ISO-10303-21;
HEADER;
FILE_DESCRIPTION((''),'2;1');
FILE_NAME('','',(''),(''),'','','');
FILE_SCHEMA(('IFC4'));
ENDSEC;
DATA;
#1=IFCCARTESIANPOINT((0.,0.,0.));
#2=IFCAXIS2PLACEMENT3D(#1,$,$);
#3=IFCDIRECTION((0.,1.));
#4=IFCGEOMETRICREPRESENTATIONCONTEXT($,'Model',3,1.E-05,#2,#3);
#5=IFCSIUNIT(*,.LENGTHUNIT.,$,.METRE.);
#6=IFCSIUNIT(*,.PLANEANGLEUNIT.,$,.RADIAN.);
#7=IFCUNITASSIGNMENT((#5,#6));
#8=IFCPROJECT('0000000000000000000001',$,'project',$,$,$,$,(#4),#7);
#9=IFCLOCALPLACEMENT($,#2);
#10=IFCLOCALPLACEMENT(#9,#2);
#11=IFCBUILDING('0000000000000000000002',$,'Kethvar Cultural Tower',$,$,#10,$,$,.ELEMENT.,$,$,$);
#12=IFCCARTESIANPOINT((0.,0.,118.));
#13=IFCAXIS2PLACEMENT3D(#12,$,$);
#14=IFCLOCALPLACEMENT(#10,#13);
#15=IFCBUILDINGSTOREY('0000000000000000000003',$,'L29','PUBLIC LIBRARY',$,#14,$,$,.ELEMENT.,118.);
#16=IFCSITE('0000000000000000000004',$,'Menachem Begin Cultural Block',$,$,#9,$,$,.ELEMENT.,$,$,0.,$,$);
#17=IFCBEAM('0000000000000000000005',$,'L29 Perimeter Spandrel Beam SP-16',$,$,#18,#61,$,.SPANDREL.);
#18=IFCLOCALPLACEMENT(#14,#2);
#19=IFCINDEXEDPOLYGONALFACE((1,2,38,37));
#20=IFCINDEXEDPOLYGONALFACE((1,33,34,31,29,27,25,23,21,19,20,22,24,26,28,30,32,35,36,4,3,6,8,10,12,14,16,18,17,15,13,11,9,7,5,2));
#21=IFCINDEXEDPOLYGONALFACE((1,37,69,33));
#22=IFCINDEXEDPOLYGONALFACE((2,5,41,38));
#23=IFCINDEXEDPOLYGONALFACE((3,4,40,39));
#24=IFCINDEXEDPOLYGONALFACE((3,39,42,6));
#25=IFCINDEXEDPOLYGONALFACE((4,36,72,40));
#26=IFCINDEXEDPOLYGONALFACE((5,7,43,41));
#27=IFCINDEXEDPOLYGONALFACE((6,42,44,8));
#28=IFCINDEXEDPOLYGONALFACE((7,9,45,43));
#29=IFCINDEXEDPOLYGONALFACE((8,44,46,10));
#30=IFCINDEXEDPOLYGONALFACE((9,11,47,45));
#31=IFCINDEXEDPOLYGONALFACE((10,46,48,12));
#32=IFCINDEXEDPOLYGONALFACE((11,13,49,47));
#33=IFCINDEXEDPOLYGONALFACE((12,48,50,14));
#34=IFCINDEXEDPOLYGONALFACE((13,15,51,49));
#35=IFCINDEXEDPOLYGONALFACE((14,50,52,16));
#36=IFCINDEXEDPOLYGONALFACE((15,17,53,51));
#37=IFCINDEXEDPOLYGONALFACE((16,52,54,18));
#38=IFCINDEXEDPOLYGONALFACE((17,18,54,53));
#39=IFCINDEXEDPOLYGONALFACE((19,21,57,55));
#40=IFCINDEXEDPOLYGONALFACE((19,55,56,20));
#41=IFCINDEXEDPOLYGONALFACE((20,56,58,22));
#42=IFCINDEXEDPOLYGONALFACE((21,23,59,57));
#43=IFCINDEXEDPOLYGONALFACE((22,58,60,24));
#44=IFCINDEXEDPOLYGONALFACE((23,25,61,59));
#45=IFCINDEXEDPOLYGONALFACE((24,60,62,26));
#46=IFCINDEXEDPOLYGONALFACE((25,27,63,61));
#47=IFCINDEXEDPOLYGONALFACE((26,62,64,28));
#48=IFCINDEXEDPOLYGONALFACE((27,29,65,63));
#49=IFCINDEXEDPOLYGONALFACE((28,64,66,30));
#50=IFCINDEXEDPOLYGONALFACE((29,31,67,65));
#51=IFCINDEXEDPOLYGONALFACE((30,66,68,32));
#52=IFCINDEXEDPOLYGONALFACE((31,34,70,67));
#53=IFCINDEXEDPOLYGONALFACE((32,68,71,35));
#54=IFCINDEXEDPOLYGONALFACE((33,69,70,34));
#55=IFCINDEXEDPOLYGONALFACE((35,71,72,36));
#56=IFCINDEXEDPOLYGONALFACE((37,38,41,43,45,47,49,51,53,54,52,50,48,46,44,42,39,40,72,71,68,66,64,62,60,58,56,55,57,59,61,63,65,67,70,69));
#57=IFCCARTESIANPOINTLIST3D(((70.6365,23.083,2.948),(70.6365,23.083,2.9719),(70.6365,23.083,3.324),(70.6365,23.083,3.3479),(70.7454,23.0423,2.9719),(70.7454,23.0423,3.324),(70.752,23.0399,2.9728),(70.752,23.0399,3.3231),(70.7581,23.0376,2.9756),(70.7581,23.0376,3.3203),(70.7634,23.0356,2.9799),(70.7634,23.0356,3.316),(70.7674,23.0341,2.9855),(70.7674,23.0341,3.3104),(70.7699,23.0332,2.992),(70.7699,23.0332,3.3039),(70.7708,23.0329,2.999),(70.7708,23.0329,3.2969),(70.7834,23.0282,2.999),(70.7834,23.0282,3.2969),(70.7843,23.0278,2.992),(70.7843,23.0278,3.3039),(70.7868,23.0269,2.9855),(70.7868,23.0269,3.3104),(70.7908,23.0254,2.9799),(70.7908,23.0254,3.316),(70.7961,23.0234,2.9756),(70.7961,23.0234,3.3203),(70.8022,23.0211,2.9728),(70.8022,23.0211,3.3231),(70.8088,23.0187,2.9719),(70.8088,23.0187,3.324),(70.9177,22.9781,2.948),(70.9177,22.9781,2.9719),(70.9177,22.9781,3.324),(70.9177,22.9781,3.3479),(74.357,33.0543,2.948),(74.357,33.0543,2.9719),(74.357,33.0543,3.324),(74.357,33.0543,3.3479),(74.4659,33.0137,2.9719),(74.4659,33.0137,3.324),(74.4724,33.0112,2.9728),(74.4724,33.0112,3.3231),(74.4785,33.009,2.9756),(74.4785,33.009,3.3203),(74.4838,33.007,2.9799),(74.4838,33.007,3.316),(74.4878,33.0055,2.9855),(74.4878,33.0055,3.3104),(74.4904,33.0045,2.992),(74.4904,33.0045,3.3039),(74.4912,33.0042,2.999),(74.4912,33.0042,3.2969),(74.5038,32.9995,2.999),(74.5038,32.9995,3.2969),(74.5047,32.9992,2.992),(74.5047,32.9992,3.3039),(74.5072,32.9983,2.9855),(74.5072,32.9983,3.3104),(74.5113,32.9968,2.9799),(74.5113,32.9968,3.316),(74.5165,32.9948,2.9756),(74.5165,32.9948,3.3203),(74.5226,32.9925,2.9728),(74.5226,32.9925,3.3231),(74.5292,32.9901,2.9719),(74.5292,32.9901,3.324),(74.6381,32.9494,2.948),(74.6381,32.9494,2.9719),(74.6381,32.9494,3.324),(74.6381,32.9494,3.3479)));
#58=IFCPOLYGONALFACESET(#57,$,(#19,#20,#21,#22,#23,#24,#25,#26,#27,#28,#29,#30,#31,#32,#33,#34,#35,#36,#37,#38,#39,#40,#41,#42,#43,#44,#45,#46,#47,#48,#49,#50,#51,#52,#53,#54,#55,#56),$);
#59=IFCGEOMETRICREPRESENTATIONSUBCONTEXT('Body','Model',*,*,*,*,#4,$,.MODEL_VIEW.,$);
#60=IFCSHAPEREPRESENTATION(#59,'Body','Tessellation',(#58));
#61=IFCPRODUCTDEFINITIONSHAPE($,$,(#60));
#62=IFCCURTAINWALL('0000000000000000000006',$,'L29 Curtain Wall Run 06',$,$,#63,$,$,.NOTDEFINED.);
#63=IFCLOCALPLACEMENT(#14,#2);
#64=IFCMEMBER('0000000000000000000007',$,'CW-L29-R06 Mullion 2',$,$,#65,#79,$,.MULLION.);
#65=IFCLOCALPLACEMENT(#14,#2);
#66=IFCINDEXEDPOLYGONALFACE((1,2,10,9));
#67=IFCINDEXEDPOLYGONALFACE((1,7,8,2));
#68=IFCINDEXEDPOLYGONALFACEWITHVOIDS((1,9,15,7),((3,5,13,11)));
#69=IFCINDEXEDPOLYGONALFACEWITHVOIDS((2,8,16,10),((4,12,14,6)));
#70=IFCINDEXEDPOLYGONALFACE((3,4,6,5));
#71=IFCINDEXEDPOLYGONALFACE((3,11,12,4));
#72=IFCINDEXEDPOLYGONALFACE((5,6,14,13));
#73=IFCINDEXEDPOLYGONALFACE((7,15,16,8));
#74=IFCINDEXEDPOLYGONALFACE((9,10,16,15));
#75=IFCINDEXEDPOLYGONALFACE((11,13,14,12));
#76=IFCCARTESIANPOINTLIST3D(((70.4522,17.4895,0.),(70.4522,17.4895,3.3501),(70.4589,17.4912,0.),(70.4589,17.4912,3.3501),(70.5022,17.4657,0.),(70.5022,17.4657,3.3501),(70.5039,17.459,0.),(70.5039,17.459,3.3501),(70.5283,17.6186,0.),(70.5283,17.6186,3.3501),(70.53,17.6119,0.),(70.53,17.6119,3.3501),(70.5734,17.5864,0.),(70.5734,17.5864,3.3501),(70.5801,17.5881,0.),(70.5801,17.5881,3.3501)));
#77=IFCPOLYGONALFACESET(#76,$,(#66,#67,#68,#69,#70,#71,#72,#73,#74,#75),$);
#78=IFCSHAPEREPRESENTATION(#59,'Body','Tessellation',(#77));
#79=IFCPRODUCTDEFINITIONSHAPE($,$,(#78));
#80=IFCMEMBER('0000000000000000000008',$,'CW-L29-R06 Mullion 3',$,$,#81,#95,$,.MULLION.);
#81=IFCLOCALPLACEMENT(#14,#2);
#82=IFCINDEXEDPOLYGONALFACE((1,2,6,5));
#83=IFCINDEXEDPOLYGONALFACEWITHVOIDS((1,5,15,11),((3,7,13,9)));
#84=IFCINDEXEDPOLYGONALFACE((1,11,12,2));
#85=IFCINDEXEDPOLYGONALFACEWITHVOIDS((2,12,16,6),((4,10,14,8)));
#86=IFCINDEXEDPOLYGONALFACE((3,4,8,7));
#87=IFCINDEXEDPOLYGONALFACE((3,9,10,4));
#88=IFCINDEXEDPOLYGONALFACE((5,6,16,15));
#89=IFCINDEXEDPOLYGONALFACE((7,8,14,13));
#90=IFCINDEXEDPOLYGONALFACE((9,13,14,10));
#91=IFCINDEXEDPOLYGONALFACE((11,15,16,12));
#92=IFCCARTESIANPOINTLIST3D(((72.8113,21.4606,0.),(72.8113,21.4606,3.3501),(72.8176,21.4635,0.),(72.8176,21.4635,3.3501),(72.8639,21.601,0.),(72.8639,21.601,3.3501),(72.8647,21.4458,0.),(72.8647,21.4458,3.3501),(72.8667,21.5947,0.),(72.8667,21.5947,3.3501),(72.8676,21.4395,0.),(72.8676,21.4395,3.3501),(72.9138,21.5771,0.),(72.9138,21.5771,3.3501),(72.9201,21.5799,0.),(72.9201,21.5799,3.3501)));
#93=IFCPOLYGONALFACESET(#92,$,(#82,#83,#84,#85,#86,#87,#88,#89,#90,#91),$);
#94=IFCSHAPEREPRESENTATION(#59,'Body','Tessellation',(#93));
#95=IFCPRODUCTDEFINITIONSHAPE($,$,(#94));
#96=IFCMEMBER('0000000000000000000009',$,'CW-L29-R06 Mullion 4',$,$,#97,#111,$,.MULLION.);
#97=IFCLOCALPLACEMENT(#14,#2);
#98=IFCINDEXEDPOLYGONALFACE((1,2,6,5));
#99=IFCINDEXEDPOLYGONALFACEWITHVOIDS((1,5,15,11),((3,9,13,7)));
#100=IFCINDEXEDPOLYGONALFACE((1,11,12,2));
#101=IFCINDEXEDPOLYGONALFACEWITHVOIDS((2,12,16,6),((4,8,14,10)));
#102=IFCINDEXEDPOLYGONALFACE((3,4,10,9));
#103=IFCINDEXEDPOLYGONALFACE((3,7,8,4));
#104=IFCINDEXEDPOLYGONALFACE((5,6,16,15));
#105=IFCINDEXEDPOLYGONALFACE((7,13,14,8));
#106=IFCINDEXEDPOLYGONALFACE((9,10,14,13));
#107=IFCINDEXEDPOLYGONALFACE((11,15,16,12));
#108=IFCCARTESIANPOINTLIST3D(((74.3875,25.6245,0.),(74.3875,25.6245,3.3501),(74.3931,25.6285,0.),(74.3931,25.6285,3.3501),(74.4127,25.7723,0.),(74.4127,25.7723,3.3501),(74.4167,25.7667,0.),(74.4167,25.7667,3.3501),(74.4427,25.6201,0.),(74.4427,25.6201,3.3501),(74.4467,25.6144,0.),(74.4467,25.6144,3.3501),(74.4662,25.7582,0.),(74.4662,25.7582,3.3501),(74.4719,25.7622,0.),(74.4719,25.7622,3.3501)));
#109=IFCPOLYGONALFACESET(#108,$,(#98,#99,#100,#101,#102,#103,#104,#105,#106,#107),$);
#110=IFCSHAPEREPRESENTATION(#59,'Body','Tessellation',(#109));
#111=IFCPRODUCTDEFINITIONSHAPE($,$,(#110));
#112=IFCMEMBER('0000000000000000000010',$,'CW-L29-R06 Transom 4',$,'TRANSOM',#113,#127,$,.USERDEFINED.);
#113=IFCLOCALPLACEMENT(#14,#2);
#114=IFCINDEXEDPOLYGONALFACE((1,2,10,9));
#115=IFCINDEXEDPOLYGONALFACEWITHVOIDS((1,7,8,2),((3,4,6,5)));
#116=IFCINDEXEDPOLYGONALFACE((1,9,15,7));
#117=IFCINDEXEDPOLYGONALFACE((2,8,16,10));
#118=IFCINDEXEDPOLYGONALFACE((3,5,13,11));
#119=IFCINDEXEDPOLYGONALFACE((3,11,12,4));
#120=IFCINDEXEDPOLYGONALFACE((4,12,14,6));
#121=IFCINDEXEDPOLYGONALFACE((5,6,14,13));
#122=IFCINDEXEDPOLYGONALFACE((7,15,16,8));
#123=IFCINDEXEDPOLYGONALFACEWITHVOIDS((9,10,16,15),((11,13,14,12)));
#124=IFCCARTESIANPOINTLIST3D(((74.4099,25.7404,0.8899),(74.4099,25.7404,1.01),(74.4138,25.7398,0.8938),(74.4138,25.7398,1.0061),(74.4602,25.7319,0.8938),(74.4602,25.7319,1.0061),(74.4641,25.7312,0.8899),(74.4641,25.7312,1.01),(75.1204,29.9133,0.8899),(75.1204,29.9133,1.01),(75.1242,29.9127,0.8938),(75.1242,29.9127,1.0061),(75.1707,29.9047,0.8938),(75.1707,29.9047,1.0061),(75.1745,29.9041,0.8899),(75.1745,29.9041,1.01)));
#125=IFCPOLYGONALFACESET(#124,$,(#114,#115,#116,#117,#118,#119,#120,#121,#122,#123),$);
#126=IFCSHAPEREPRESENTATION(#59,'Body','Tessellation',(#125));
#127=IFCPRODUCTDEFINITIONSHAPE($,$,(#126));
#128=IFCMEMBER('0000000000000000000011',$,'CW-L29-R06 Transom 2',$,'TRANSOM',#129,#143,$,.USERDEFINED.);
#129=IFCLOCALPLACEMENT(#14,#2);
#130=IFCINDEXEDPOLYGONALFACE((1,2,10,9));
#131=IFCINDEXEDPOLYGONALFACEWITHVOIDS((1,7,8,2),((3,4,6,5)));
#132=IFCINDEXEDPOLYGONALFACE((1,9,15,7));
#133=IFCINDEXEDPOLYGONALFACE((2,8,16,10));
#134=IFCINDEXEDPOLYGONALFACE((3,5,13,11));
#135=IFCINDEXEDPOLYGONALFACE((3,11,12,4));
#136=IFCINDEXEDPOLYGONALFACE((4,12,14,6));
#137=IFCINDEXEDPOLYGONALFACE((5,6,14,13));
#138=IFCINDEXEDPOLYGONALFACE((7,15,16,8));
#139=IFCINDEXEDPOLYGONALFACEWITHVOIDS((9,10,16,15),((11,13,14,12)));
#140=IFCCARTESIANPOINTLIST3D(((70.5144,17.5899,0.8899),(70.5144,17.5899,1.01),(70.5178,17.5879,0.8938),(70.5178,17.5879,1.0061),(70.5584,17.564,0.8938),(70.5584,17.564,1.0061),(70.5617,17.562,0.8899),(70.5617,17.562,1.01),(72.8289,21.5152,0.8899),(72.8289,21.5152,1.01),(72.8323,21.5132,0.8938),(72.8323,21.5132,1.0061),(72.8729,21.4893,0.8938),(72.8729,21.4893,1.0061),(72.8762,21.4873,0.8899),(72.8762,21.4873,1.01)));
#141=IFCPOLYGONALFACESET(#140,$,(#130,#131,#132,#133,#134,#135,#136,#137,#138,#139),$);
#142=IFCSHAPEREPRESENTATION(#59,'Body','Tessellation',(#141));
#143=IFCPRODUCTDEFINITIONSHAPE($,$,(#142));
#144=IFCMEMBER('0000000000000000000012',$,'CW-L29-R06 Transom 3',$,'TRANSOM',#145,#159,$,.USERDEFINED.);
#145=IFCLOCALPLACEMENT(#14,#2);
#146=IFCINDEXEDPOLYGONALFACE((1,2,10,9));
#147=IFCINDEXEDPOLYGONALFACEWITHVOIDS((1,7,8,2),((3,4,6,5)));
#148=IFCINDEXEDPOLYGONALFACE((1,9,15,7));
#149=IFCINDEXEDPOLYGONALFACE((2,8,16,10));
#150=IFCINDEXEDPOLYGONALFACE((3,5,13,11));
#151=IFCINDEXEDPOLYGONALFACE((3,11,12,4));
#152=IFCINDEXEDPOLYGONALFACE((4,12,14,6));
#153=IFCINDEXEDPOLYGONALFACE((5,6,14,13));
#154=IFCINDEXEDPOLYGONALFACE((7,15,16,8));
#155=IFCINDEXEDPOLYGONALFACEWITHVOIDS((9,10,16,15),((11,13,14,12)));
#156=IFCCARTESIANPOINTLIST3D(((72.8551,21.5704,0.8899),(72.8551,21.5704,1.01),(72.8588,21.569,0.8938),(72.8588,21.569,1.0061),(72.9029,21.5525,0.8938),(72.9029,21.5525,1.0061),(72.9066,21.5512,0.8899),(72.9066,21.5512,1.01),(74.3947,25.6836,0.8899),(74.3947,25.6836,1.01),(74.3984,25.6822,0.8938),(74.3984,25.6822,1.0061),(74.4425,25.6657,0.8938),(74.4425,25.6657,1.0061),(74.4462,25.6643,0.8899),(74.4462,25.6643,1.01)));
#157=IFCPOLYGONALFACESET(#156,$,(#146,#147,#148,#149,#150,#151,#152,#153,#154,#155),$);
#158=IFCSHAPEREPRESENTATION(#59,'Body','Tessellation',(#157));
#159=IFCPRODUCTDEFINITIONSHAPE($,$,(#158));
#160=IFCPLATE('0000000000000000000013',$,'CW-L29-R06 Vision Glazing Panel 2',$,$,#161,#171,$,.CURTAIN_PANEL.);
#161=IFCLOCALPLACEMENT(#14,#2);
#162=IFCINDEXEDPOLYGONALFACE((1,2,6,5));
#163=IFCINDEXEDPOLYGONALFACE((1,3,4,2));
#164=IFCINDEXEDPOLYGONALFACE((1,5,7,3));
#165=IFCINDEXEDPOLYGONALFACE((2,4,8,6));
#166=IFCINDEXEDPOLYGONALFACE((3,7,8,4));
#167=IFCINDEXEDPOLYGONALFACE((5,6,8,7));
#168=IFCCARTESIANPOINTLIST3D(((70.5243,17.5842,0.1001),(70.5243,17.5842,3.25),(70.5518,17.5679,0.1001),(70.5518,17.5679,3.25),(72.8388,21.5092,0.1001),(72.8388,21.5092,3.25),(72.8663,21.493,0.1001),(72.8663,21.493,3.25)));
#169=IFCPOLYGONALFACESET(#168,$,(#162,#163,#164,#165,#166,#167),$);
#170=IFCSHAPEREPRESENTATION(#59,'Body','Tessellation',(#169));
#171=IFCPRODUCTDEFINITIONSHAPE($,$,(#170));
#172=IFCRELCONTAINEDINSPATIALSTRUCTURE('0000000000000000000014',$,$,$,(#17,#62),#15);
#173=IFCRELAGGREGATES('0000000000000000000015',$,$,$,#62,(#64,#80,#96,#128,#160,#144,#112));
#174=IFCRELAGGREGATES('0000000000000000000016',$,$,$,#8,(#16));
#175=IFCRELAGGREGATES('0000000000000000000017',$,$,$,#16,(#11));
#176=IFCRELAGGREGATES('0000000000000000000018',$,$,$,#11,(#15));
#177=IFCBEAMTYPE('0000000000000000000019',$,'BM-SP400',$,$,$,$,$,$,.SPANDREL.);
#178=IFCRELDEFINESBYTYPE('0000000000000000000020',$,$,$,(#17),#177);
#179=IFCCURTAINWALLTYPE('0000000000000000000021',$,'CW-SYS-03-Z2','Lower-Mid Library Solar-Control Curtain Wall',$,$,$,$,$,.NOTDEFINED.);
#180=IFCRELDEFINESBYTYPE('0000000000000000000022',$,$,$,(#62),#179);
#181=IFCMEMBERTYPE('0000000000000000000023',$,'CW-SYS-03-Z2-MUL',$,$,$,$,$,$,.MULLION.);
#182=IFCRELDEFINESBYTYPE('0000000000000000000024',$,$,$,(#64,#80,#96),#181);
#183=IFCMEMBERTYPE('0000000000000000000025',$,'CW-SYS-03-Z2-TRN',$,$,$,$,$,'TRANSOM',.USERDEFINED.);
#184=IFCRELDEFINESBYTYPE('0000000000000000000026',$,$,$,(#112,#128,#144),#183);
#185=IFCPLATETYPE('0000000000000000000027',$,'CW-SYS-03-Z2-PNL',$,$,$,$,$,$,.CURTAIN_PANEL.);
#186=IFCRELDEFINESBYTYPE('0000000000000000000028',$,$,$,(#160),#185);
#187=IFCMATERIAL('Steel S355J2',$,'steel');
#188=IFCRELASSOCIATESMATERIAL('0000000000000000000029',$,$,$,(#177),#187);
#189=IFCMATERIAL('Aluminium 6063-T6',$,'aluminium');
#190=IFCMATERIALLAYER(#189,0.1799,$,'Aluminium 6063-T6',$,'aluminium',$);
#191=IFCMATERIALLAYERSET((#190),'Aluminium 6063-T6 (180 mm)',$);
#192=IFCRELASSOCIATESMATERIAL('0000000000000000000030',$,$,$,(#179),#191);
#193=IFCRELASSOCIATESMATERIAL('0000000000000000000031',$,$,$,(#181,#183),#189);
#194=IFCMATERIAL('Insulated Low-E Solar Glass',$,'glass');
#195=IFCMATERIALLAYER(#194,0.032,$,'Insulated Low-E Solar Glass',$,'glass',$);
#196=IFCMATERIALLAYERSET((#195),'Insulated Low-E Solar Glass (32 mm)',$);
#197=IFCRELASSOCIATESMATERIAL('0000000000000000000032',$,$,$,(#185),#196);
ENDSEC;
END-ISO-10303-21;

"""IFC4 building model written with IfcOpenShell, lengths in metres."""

from ifc_helpers import new_model, si_unit, direction, frame, origin, origin_2d, place, context, subcontext, project, spatial, rectangle, hollow_rectangle, i_section, extrude, source, transform, mapped, material, layer, layer_set, material_profile, profile_set, type_object, element, aggregate, save


model = new_model("IFC4")

# Units and contexts
model_context = context("Model", 3, precision=1e-05, world=origin(), true_north=direction((0.0, 1.0)))
body_context = subcontext(model_context, "Body", "Model", "MODEL_VIEW")
ifc_project = project(units=[si_unit("LENGTHUNIT", "METRE"), si_unit("PLANEANGLEUNIT", "RADIAN")], contexts=[model_context])

# Site, building, storey
site_placement = place(None, origin())
site = spatial("IfcSite", under=ifc_project, at=site_placement, Name="Menachem Begin Cultural Block", CompositionType="ELEMENT", RefElevation=0.0)
building_placement = place(site_placement, origin())
building = spatial("IfcBuilding", under=site, at=building_placement, Name="Kethvar Cultural Tower", CompositionType="ELEMENT")
storey_placement = place(building_placement, frame((0.0, 0.0, 118.0)))
storey = spatial("IfcBuildingStorey", under=building, at=storey_placement, Name="L29", Description="PUBLIC LIBRARY", CompositionType="ELEMENT", Elevation=118.0)

# Beam
ifc_material_1 = material(Name="Steel S355J2", Category="steel")
ifc_material_profile_1 = material_profile(ifc_material_1, i_section(OverallWidth=0.3, OverallDepth=0.3999, WebThickness=0.0134, FlangeThickness=0.0239, FilletRadius=0.0271, at=origin_2d()), Name="Steel S355J2 — HEB400")
ifc_profile_set_1 = profile_set([ifc_material_profile_1], Name="Steel S355J2 — HEB400")
beam_type_1 = type_object("IfcBeamType", Name="BM-SP400", PredefinedType="SPANDREL", material=ifc_profile_set_1)
shared_shape_1 = source(origin(), body_context, "Body", "SweptSolid", [
    extrude(i_section(OverallWidth=0.3, OverallDepth=0.3999, WebThickness=0.0134, FlangeThickness=0.0239, FilletRadius=0.0271, at=origin_2d()), origin(), (0.0, 0.0, 1.0), 10.6428),
])
beam_1_placement = place(storey_placement, frame((70.7771, 23.0305, 3.1479), z_axis=(0.349572, 0.93691, 0.0), x_axis=(-0.93691, 0.349572, 0.0)))
element("IfcBeam", 1, at=beam_1_placement, inside=storey, type_object=beam_type_1, Name="L29 Perimeter Spandrel Beam SP-16", PredefinedType="SPANDREL", context=body_context, shape_type="MappedRepresentation", body=[
    mapped(shared_shape_1, transform((0.0, 0.0, 0.0), scale=1.0)),
])

# Curtain wall, members, plate
ifc_material_2 = material(Name="Aluminium 6063-T6", Category="aluminium")
ifc_layer_1 = layer(ifc_material_2, 0.1799, Name="Aluminium 6063-T6", Category="aluminium")
ifc_layer_set_1 = layer_set([ifc_layer_1], Name="Aluminium 6063-T6 (180 mm)")
curtain_wall_type = type_object("IfcCurtainWallType", Name="CW-SYS-03-Z2", Description="Lower-Mid Library Solar-Control Curtain Wall", PredefinedType="NOTDEFINED", material=ifc_layer_set_1)
curtain_wall_placement = place(storey_placement, origin())
curtain_wall = element("IfcCurtainWall", 2, at=curtain_wall_placement, inside=storey, type_object=curtain_wall_type, Name="L29 Curtain Wall Run 06", PredefinedType="NOTDEFINED")
ifc_material_profile_2 = material_profile(ifc_material_2, hollow_rectangle(XDim=0.0601, YDim=0.1499, WallThickness=0.0049, at=origin_2d()), Name="Aluminium 6063-T6 — RHS150x60x5")
ifc_profile_set_2 = profile_set([ifc_material_profile_2], Name="Aluminium 6063-T6 — RHS150x60x5")
member_type_1 = type_object("IfcMemberType", Name="CW-SYS-03-Z2-MUL", PredefinedType="MULLION", material=ifc_profile_set_2)
shared_shape_2 = source(origin(), body_context, "Body", "SweptSolid", [
    extrude(hollow_rectangle(XDim=0.0601, YDim=0.1499, WallThickness=0.0049, at=origin_2d()), origin(), (0.0, 0.0, 1.0), 3.3501),
])
member_1_placement = place(storey_placement, frame((70.5161, 17.5388, 0.0), z_axis=(0.0, 0.0, 1.0), x_axis=(-0.86139, 0.507944, 0.0)))
member_1 = element("IfcMember", 3, at=member_1_placement, type_object=member_type_1, Name="CW-L29-R06 Mullion 2", PredefinedType="MULLION", context=body_context, shape_type="MappedRepresentation", body=[
    mapped(shared_shape_2, transform((0.0, 0.0, 0.0), scale=1.0)),
])
member_2_placement = place(storey_placement, frame((72.8657, 21.5203, 0.0), z_axis=(0.0, 0.0, 1.0), x_axis=(-0.936556, 0.350518, 0.0)))
member_2 = element("IfcMember", 4, at=member_2_placement, type_object=member_type_1, Name="CW-L29-R06 Mullion 3", PredefinedType="MULLION", context=body_context, shape_type="MappedRepresentation", body=[
    mapped(shared_shape_2, transform((0.0, 0.0, 0.0), scale=1.0)),
])
member_3_placement = place(storey_placement, frame((74.4297, 25.6934, 0.0), z_axis=(0.0, 0.0, 1.0), x_axis=(-0.985815, 0.167836, 0.0)))
member_3 = element("IfcMember", 5, at=member_3_placement, type_object=member_type_1, Name="CW-L29-R06 Mullion 4", PredefinedType="MULLION", context=body_context, shape_type="MappedRepresentation", body=[
    mapped(shared_shape_2, transform((0.0, 0.0, 0.0), scale=1.0)),
])
ifc_material_profile_3 = material_profile(ifc_material_2, hollow_rectangle(XDim=0.0549, YDim=0.1201, WallThickness=0.0039, at=origin_2d()), Name="Aluminium 6063-T6 — RHS120x55x4")
ifc_profile_set_3 = profile_set([ifc_material_profile_3], Name="Aluminium 6063-T6 — RHS120x55x4")
member_type_2 = type_object("IfcMemberType", Name="CW-SYS-03-Z2-TRN", ElementType="TRANSOM", PredefinedType="USERDEFINED", material=ifc_profile_set_3)
shared_shape_3 = source(origin(), body_context, "Body", "SweptSolid", [
    extrude(hollow_rectangle(XDim=0.0549, YDim=0.1201, WallThickness=0.0039, at=origin_2d()), origin(), (0.0, 0.0, 1.0), 4.2329),
])
member_4_placement = place(storey_placement, frame((74.437, 25.7358, 0.95), z_axis=(0.16784, 0.985814, 0.0), x_axis=(-0.985814, 0.16784, 0.0)))
member_4 = element("IfcMember", 6, at=member_4_placement, type_object=member_type_2, Name="CW-L29-R06 Transom 4", ObjectType="TRANSOM", PredefinedType="USERDEFINED", context=body_context, shape_type="MappedRepresentation", body=[
    mapped(shared_shape_3, transform((0.0, 0.0, 0.0), scale=1.0)),
])
shared_shape_4 = source(origin(), body_context, "Body", "SweptSolid", [
    extrude(hollow_rectangle(XDim=0.0549, YDim=0.1201, WallThickness=0.0039, at=origin_2d()), origin(), (0.0, 0.0, 1.0), 4.5569),
])
member_5_placement = place(storey_placement, frame((70.5381, 17.5759, 0.95), z_axis=(0.50791, 0.86141, 0.0), x_axis=(-0.86141, 0.50791, 0.0)))
member_5 = element("IfcMember", 7, at=member_5_placement, type_object=member_type_2, Name="CW-L29-R06 Transom 2", ObjectType="TRANSOM", PredefinedType="USERDEFINED", context=body_context, shape_type="MappedRepresentation", body=[
    mapped(shared_shape_4, transform((0.0, 0.0, 0.0), scale=1.0)),
])
shared_shape_5 = source(origin(), body_context, "Body", "SweptSolid", [
    extrude(hollow_rectangle(XDim=0.0549, YDim=0.1201, WallThickness=0.0039, at=origin_2d()), origin(), (0.0, 0.0, 1.0), 4.3918),
])
member_6_placement = place(storey_placement, frame((72.8809, 21.5608, 0.95), z_axis=(0.350557, 0.936541, 0.0), x_axis=(-0.936541, 0.350557, 0.0)))
member_6 = element("IfcMember", 8, at=member_6_placement, type_object=member_type_2, Name="CW-L29-R06 Transom 3", ObjectType="TRANSOM", PredefinedType="USERDEFINED", context=body_context, shape_type="MappedRepresentation", body=[
    mapped(shared_shape_5, transform((0.0, 0.0, 0.0), scale=1.0)),
])
ifc_material_3 = material(Name="Insulated Low-E Solar Glass", Category="glass")
ifc_layer_2 = layer(ifc_material_3, 0.032, Name="Insulated Low-E Solar Glass", Category="glass")
ifc_layer_set_2 = layer_set([ifc_layer_2], Name="Insulated Low-E Solar Glass (32 mm)")
plate_type = type_object("IfcPlateType", Name="CW-SYS-03-Z2-PNL", PredefinedType="CURTAIN_PANEL", material=ifc_layer_set_2)
shared_shape_6 = source(origin(), body_context, "Body", "SweptSolid", [
    extrude(rectangle(XDim=4.5566, YDim=0.032, at=origin_2d()), origin(), (0.0, 0.0, 1.0), 3.1499),
])
plate_1_placement = place(storey_placement, frame((71.6953, 19.5386, 0.1001), z_axis=(0.0, 0.0, 1.0), x_axis=(0.507944, 0.86139, 0.0)))
plate_1 = element("IfcPlate", 9, at=plate_1_placement, type_object=plate_type, Name="CW-L29-R06 Vision Glazing Panel 2", PredefinedType="CURTAIN_PANEL", context=body_context, shape_type="MappedRepresentation", body=[
    mapped(shared_shape_6, transform((0.0, 0.0, 0.0), scale=1.0)),
])
aggregate(curtain_wall, [member_1, member_2, member_3, member_5, plate_1, member_6, member_4])

save(model, "model.ifc")
